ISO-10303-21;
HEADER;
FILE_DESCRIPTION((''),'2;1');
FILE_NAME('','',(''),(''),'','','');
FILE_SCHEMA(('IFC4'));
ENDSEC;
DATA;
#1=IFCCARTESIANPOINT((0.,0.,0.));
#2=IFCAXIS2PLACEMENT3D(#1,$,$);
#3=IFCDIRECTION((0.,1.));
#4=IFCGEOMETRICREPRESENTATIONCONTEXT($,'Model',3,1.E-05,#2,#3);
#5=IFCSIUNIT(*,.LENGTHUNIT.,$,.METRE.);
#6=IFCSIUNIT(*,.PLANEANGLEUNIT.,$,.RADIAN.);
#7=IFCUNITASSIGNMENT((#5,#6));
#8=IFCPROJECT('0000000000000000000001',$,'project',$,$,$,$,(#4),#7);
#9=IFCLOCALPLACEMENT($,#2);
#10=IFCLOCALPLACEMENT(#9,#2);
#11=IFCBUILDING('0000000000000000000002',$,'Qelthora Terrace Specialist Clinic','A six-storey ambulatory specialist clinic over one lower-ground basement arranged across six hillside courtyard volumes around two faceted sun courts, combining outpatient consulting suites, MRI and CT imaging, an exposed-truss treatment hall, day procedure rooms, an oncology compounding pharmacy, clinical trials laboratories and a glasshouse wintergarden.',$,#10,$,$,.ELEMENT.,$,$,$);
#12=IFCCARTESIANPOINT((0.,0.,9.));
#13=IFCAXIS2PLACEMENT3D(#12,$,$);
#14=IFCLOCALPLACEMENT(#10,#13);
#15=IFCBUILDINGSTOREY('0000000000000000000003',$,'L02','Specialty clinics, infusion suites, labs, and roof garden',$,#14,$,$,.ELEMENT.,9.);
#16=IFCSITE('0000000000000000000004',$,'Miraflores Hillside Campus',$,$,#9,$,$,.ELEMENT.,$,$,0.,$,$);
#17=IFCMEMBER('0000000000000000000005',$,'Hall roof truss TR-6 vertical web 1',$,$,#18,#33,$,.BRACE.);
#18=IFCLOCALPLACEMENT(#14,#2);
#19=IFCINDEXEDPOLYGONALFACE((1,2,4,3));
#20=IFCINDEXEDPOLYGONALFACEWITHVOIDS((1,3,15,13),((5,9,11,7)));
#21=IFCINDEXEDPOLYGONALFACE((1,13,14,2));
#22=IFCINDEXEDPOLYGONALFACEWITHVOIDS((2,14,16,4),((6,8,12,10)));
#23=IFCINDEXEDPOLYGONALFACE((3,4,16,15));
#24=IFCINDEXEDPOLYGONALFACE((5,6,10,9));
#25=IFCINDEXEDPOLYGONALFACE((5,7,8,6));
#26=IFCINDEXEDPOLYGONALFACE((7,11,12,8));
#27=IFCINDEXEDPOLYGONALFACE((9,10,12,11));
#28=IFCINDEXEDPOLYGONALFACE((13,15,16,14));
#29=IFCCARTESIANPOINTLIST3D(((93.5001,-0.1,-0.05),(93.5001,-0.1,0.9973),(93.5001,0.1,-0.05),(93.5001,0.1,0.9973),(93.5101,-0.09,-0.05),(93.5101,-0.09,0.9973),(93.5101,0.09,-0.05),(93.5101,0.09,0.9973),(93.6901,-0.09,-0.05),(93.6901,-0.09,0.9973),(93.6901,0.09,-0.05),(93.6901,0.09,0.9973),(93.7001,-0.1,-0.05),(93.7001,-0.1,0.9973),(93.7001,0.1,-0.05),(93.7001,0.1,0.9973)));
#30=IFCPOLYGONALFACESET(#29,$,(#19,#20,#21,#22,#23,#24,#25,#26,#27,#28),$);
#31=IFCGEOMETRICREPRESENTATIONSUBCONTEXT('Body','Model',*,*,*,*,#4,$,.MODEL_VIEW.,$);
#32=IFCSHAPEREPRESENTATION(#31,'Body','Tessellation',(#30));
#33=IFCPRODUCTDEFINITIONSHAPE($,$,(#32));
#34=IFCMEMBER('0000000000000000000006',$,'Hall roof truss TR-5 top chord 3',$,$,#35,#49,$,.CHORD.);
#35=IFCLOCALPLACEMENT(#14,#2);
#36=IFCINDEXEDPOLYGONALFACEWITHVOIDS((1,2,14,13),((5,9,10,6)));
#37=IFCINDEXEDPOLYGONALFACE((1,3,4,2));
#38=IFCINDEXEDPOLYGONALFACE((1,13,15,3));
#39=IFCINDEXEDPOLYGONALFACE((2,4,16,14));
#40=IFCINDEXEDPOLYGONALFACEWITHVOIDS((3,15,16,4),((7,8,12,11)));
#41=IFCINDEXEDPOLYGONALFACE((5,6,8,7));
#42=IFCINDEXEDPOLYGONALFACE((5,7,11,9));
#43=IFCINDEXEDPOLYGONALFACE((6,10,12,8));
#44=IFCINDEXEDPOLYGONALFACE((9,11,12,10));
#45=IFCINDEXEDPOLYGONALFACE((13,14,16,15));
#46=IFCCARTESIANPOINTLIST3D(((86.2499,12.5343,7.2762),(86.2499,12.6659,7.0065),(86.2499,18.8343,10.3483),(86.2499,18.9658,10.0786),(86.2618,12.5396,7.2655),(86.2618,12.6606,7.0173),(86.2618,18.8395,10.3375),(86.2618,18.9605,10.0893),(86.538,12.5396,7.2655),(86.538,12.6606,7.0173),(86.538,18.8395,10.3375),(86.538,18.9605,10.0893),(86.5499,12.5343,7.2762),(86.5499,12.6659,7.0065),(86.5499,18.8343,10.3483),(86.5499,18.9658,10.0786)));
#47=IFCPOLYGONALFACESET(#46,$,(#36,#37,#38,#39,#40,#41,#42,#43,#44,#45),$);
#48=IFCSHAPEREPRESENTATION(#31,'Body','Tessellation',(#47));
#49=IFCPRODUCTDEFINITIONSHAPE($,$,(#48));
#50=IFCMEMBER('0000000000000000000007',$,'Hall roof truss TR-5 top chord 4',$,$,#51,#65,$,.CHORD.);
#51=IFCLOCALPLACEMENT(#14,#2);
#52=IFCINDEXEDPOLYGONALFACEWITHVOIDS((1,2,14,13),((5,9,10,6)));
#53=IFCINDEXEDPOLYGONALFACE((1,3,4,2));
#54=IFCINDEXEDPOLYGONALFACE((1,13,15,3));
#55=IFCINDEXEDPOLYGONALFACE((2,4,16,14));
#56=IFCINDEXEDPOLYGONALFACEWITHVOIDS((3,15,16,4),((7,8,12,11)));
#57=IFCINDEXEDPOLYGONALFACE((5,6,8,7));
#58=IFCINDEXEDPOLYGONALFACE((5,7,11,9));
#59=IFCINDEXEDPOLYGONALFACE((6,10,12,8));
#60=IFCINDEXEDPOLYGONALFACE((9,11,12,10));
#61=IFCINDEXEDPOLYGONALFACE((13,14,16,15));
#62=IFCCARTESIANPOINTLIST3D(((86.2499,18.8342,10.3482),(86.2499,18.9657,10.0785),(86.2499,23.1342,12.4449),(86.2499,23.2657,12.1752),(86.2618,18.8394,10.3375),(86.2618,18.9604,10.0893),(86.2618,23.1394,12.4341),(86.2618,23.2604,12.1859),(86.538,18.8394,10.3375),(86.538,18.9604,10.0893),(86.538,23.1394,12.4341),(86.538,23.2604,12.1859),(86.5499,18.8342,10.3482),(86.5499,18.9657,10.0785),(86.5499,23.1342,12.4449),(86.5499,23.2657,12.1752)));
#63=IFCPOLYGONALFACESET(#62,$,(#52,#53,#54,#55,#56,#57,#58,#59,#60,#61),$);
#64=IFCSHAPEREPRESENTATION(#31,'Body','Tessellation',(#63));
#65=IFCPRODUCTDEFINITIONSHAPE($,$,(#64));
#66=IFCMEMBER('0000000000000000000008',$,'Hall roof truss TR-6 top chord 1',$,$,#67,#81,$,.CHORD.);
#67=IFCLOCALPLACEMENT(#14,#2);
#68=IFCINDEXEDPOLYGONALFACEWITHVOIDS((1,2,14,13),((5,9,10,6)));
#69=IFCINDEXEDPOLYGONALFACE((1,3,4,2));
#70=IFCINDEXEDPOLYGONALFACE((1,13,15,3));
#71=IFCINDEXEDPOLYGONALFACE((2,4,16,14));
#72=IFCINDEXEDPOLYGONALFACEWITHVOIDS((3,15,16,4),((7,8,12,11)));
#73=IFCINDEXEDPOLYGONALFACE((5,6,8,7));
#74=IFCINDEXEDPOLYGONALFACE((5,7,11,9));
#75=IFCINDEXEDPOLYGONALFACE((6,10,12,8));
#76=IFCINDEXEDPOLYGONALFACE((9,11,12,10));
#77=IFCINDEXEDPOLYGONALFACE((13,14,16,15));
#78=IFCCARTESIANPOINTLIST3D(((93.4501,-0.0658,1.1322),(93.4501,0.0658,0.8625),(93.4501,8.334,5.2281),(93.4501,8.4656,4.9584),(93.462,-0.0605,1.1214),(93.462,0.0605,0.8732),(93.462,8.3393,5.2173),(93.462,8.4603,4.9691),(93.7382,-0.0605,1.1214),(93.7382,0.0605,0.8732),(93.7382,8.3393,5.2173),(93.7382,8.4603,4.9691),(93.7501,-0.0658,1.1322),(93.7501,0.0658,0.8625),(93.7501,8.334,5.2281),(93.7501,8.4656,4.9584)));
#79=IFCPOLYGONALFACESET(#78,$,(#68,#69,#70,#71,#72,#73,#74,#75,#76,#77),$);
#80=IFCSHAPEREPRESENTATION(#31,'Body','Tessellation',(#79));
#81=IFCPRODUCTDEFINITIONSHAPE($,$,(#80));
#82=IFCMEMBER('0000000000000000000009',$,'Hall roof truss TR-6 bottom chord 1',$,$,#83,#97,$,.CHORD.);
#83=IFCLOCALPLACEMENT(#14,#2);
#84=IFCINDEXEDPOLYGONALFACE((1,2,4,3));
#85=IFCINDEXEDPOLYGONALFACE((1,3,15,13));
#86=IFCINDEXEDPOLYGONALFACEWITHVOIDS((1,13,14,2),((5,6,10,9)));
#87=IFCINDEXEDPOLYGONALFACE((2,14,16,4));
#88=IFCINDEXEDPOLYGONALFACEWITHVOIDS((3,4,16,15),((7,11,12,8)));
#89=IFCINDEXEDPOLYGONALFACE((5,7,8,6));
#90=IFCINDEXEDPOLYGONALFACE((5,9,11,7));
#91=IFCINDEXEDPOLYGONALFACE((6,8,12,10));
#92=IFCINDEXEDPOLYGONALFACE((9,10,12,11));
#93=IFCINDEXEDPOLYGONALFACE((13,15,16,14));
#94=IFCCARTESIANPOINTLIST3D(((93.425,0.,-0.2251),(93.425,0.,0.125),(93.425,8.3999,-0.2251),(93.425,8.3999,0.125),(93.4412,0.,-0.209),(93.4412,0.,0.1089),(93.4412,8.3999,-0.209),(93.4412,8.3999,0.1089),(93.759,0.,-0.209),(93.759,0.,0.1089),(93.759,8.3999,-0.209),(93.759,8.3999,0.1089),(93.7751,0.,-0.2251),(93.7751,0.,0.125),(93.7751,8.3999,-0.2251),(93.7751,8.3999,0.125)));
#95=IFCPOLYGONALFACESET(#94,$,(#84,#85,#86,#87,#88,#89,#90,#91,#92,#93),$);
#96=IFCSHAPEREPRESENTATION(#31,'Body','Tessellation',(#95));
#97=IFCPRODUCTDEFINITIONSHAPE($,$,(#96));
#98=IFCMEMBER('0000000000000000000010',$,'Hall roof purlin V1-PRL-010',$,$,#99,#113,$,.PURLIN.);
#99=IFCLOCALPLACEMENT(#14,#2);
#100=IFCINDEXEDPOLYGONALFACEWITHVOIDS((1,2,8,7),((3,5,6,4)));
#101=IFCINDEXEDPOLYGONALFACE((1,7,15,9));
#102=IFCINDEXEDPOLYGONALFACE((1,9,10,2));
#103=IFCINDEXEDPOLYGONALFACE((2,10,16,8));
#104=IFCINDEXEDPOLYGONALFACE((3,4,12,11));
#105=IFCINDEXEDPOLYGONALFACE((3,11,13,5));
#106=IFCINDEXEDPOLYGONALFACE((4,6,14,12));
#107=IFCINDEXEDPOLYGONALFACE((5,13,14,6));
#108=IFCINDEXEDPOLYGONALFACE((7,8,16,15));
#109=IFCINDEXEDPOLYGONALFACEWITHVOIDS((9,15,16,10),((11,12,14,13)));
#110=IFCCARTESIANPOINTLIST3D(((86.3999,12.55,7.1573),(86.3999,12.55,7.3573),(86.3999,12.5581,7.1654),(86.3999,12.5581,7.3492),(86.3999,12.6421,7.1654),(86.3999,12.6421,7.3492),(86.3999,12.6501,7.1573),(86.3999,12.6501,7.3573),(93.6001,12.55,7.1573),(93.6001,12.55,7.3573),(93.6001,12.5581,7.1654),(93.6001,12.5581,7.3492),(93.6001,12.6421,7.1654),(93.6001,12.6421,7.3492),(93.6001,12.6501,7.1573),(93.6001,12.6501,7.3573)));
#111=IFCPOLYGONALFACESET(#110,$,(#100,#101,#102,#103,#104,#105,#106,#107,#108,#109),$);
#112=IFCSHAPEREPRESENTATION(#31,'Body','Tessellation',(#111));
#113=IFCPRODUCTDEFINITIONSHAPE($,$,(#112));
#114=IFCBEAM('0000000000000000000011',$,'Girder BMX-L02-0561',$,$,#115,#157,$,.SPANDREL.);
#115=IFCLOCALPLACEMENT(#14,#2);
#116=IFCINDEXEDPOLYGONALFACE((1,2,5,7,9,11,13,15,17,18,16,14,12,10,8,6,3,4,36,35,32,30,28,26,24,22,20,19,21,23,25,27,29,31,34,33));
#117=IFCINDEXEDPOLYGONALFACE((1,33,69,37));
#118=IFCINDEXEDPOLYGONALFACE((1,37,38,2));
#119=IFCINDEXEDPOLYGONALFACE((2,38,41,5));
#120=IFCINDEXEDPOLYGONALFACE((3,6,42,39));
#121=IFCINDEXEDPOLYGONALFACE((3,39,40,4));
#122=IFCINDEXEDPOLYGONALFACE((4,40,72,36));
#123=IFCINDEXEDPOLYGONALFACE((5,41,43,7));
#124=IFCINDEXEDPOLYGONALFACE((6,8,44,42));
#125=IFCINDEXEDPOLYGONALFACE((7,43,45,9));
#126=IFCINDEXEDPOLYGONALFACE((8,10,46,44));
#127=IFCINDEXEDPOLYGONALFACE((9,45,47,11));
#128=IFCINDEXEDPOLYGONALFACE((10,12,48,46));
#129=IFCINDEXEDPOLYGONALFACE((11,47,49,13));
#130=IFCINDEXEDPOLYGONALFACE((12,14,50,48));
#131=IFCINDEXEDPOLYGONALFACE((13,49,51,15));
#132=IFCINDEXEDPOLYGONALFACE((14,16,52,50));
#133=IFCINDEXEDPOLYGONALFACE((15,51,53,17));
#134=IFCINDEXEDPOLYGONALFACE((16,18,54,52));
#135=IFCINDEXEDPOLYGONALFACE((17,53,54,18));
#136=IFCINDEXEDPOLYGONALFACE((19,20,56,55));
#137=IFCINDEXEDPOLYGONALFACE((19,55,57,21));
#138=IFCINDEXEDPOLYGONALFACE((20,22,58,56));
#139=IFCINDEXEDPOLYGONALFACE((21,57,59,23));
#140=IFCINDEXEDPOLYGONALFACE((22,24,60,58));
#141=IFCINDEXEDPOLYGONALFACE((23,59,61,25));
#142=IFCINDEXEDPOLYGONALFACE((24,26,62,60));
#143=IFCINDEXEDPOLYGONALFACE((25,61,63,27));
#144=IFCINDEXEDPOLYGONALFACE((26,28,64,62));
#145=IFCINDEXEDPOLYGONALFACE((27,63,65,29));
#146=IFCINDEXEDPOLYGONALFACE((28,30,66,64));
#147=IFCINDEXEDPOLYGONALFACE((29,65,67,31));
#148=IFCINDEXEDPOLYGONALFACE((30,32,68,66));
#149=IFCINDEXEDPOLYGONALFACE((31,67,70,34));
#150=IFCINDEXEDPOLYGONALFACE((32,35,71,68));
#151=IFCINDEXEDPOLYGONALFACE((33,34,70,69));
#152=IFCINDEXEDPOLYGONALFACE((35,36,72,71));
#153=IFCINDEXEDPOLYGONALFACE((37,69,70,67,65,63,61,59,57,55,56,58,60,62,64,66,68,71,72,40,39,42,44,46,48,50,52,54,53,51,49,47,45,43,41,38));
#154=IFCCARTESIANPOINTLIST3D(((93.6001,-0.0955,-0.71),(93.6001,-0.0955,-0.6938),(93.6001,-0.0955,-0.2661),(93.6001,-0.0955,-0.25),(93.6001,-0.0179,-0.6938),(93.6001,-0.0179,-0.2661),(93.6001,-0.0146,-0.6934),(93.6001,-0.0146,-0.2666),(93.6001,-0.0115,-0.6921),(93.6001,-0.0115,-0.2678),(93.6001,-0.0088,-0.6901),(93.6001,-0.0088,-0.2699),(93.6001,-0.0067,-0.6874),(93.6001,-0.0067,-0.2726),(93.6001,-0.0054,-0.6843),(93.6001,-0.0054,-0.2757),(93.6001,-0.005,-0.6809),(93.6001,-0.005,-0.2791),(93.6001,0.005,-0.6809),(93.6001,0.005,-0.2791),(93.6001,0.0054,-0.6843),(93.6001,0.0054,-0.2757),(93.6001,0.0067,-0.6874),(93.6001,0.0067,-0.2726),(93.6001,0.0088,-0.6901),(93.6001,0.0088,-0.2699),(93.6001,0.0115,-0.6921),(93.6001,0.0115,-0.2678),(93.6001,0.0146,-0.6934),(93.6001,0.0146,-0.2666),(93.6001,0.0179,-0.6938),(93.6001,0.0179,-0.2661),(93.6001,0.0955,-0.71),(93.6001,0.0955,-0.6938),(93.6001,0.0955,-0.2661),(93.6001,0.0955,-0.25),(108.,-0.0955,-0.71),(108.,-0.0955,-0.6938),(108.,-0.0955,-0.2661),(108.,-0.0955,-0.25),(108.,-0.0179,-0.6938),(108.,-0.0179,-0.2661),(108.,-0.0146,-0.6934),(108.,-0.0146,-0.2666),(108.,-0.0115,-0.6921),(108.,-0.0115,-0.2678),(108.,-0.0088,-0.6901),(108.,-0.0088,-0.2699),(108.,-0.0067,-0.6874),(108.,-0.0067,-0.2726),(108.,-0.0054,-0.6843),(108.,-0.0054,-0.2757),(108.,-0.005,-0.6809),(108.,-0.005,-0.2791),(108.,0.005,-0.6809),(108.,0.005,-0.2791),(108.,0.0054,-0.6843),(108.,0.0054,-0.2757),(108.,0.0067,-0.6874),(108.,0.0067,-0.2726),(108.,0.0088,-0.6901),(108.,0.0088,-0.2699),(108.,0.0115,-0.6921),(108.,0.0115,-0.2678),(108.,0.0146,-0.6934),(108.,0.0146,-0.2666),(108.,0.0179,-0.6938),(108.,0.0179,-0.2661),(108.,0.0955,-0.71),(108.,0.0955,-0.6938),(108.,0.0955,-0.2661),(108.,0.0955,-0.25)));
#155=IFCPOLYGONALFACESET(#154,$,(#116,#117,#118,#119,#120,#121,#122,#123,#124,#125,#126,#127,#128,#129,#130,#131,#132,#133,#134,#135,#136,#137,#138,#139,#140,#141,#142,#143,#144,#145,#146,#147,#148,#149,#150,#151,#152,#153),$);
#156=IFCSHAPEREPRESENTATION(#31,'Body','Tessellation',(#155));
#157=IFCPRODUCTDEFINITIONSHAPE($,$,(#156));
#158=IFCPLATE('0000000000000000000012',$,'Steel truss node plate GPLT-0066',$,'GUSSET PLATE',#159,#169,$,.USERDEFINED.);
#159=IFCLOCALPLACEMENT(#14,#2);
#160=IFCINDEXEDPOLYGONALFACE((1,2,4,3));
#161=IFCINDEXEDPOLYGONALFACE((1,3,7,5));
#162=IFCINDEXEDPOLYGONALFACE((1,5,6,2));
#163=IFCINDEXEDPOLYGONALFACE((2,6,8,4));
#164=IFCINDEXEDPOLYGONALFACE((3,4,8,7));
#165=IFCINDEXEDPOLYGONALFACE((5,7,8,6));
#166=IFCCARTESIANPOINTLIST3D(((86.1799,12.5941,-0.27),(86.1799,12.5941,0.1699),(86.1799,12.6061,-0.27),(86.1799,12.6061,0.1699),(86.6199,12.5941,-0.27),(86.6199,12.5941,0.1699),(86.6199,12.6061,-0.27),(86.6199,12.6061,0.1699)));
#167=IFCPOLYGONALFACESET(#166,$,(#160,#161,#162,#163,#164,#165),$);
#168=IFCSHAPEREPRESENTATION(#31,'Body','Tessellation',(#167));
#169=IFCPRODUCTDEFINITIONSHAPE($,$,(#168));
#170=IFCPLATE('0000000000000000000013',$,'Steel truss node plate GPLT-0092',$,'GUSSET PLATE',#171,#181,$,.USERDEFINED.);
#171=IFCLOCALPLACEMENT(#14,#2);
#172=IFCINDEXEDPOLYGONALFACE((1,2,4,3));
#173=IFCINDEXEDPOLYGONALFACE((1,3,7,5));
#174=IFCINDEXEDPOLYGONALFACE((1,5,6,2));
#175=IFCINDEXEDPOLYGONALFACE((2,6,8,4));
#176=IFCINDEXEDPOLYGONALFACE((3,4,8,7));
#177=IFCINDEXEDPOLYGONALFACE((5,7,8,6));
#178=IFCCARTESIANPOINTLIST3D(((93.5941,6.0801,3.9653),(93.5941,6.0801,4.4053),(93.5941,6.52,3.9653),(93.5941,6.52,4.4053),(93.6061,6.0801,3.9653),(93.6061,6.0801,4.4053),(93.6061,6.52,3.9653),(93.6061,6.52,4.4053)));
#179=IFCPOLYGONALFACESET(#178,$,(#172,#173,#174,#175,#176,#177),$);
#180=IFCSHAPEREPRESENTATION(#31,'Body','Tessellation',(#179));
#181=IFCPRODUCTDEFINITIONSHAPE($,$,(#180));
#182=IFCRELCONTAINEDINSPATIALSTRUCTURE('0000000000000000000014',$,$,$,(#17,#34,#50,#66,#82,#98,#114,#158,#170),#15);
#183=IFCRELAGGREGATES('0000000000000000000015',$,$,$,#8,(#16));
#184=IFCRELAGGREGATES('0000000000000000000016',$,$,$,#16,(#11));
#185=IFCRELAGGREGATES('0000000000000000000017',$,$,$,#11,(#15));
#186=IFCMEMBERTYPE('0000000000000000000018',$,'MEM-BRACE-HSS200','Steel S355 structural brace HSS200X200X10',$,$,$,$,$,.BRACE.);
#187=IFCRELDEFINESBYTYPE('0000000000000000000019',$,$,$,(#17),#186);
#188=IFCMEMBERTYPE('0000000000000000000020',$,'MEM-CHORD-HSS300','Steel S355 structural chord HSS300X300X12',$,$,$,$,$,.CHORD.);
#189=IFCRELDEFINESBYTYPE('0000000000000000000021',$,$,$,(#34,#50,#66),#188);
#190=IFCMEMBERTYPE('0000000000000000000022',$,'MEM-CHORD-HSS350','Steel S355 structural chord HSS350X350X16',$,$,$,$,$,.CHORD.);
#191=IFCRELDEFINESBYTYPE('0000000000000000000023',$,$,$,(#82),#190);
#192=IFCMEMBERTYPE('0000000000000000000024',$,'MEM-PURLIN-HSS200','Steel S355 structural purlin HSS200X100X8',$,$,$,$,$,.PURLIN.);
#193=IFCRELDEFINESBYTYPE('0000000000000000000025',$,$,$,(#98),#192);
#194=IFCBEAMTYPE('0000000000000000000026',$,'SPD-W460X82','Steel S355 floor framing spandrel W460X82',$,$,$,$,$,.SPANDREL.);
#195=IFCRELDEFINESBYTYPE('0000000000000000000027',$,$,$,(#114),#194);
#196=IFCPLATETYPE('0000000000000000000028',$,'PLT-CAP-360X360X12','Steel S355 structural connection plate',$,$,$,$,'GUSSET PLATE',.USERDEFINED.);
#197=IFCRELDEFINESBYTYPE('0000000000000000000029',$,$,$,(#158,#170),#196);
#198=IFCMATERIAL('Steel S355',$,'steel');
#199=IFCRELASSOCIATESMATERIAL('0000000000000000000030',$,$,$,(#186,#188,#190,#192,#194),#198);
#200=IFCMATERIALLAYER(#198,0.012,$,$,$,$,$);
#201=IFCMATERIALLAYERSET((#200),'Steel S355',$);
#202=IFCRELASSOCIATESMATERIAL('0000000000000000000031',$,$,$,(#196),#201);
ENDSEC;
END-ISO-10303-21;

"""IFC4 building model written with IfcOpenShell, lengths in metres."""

from ifc_helpers import new_model, si_unit, direction, frame, origin, origin_2d, place, context, subcontext, project, spatial, rectangle, hollow_rectangle, i_section, extrude, material, layer, layer_set, material_profile, profile_set, type_object, element, save


model = new_model("IFC4")

# Units and contexts
model_context = context("Model", 3, precision=1e-05, world=origin(), true_north=direction((0.0, 1.0)))
body_context = subcontext(model_context, "Body", "Model", "MODEL_VIEW")
ifc_project = project(units=[si_unit("LENGTHUNIT", "METRE"), si_unit("PLANEANGLEUNIT", "RADIAN")], contexts=[model_context])

# Site, building, storey
site_placement = place(None, origin())
site = spatial("IfcSite", under=ifc_project, at=site_placement, Name="Miraflores Hillside Campus", CompositionType="ELEMENT", RefElevation=0.0)
building_placement = place(site_placement, origin())
building = spatial("IfcBuilding", under=site, at=building_placement, Name="Qelthora Terrace Specialist Clinic", Description="A six-storey ambulatory specialist clinic over one lower-ground basement arranged across six hillside courtyard volumes around two faceted sun courts, combining outpatient consulting suites, MRI and CT imaging, an exposed-truss treatment hall, day procedure rooms, an oncology compounding pharmacy, clinical trials laboratories and a glasshouse wintergarden.", CompositionType="ELEMENT")
storey_placement = place(building_placement, frame((0.0, 0.0, 9.0)))
storey = spatial("IfcBuildingStorey", under=building, at=storey_placement, Name="L02", Description="Specialty clinics, infusion suites, labs, and roof garden", CompositionType="ELEMENT", Elevation=9.0)

# Shared definitions
ifc_material = material(Name="Steel S355", Category="steel")

# Members
ifc_material_profile_1 = material_profile(ifc_material, hollow_rectangle(XDim=0.2, YDim=0.2, WallThickness=0.01, at=origin_2d()), Name="HSS200X200X10")
ifc_profile_set_1 = profile_set([ifc_material_profile_1], Name="Steel S355")
member_type_1 = type_object("IfcMemberType", Name="MEM-BRACE-HSS200", Description="Steel S355 structural brace HSS200X200X10", PredefinedType="BRACE", material=ifc_profile_set_1)
member_1_placement = place(storey_placement, frame((93.6001, 0.0, -0.05), z_axis=(0.0, 0.0, 1.0), x_axis=(1.0, 0.0, 0.0)))
element("IfcMember", 1, at=member_1_placement, inside=storey, type_object=member_type_1, Name="Hall roof truss TR-6 vertical web 1", PredefinedType="BRACE", context=body_context, shape_type="SweptSolid", body=[
    extrude(hollow_rectangle(XDim=0.2, YDim=0.2, WallThickness=0.01, at=origin_2d()), origin(), (0.0, 0.0, 1.0), 1.0474),
])
ifc_material_profile_2 = material_profile(ifc_material, hollow_rectangle(XDim=0.3, YDim=0.3, WallThickness=0.012, at=origin_2d()), Name="HSS300X300X12")
ifc_profile_set_2 = profile_set([ifc_material_profile_2], Name="Steel S355")
member_type_2 = type_object("IfcMemberType", Name="MEM-CHORD-HSS300", Description="Steel S355 structural chord HSS300X300X12", PredefinedType="CHORD", material=ifc_profile_set_2)
member_2_placement = place(storey_placement, frame((86.3999, 12.6001, 7.1414), z_axis=(0.0, 0.898828, 0.438302), x_axis=(-1.0, 0.0, 0.0)))
element("IfcMember", 2, at=member_2_placement, inside=storey, type_object=member_type_2, Name="Hall roof truss TR-5 top chord 3", PredefinedType="CHORD", context=body_context, shape_type="SweptSolid", body=[
    extrude(hollow_rectangle(XDim=0.3, YDim=0.3, WallThickness=0.012, at=origin_2d()), origin(), (0.0, 0.0, 1.0), 7.009),
])
member_3_placement = place(storey_placement, frame((86.3999, 18.8999, 10.2134), z_axis=(0.0, 0.898843, 0.438271), x_axis=(-1.0, 0.0, 0.0)))
element("IfcMember", 3, at=member_3_placement, inside=storey, type_object=member_type_2, Name="Hall roof truss TR-5 top chord 4", PredefinedType="CHORD", context=body_context, shape_type="SweptSolid", body=[
    extrude(hollow_rectangle(XDim=0.3, YDim=0.3, WallThickness=0.012, at=origin_2d()), origin(), (0.0, 0.0, 1.0), 4.7839),
])
member_4_placement = place(storey_placement, frame((93.6001, 0.0, 0.9973), z_axis=(0.0, 0.898834, 0.438288), x_axis=(-1.0, 0.0, 0.0)))
element("IfcMember", 4, at=member_4_placement, inside=storey, type_object=member_type_2, Name="Hall roof truss TR-6 top chord 1", PredefinedType="CHORD", context=body_context, shape_type="SweptSolid", body=[
    extrude(hollow_rectangle(XDim=0.3, YDim=0.3, WallThickness=0.012, at=origin_2d()), origin(), (0.0, 0.0, 1.0), 9.3452),
])
ifc_material_profile_3 = material_profile(ifc_material, hollow_rectangle(XDim=0.3501, YDim=0.3501, WallThickness=0.0161, at=origin_2d()), Name="HSS350X350X16")
ifc_profile_set_3 = profile_set([ifc_material_profile_3], Name="Steel S355")
member_type_3 = type_object("IfcMemberType", Name="MEM-CHORD-HSS350", Description="Steel S355 structural chord HSS350X350X16", PredefinedType="CHORD", material=ifc_profile_set_3)
member_5_placement = place(storey_placement, frame((93.6001, 0.0, -0.05), z_axis=(0.0, 1.0, 0.0), x_axis=(-1.0, 0.0, 0.0)))
element("IfcMember", 5, at=member_5_placement, inside=storey, type_object=member_type_3, Name="Hall roof truss TR-6 bottom chord 1", PredefinedType="CHORD", context=body_context, shape_type="SweptSolid", body=[
    extrude(hollow_rectangle(XDim=0.3501, YDim=0.3501, WallThickness=0.0161, at=origin_2d()), origin(), (0.0, 0.0, 1.0), 8.3999),
])
ifc_material_profile_4 = material_profile(ifc_material, hollow_rectangle(XDim=0.1001, YDim=0.2, WallThickness=0.0081, at=origin_2d()), Name="HSS200X100X8")
ifc_profile_set_4 = profile_set([ifc_material_profile_4], Name="Steel S355")
member_type_4 = type_object("IfcMemberType", Name="MEM-PURLIN-HSS200", Description="Steel S355 structural purlin HSS200X100X8", PredefinedType="PURLIN", material=ifc_profile_set_4)
member_6_placement = place(storey_placement, frame((86.3999, 12.6001, 7.2573), z_axis=(1.0, 0.0, 0.0), x_axis=(0.0, 1.0, 0.0)))
element("IfcMember", 6, at=member_6_placement, inside=storey, type_object=member_type_4, Name="Hall roof purlin V1-PRL-010", PredefinedType="PURLIN", context=body_context, shape_type="SweptSolid", body=[
    extrude(hollow_rectangle(XDim=0.1001, YDim=0.2, WallThickness=0.0081, at=origin_2d()), origin(), (0.0, 0.0, 1.0), 7.2002),
])

# Beam
ifc_material_profile_5 = material_profile(ifc_material, i_section(OverallWidth=0.1909, OverallDepth=0.46, WebThickness=0.01, FlangeThickness=0.0161, FilletRadius=0.0129, at=origin_2d()), Name="W460X82")
ifc_profile_set_5 = profile_set([ifc_material_profile_5], Name="Steel S355")
beam_type_1 = type_object("IfcBeamType", Name="SPD-W460X82", Description="Steel S355 floor framing spandrel W460X82", PredefinedType="SPANDREL", material=ifc_profile_set_5)
beam_1_placement = place(storey_placement, frame((93.6001, 0.0, -0.48), z_axis=(1.0, 0.0, 0.0), x_axis=(0.0, 1.0, 0.0)))
element("IfcBeam", 7, at=beam_1_placement, inside=storey, type_object=beam_type_1, Name="Girder BMX-L02-0561", PredefinedType="SPANDREL", context=body_context, shape_type="SweptSolid", body=[
    extrude(i_section(OverallWidth=0.1909, OverallDepth=0.46, WebThickness=0.01, FlangeThickness=0.0161, FilletRadius=0.0129, at=origin_2d()), origin(), (0.0, 0.0, 1.0), 14.3999),
])

# Plates
ifc_layer_1 = layer(ifc_material, 0.012)
ifc_layer_set_1 = layer_set([ifc_layer_1], Name="Steel S355")
plate_type_1 = type_object("IfcPlateType", Name="PLT-CAP-360X360X12", Description="Steel S355 structural connection plate", ElementType="GUSSET PLATE", PredefinedType="USERDEFINED", material=ifc_layer_set_1)
plate_placement = place(storey_placement, frame((86.3999, 12.6001, -0.27), z_axis=(0.0, 0.0, 1.0), x_axis=(1.0, 0.0, 0.0)))
element("IfcPlate", 8, at=plate_placement, inside=storey, type_object=plate_type_1, Name="Steel truss node plate GPLT-0066", ObjectType="GUSSET PLATE", PredefinedType="USERDEFINED", context=body_context, shape_type="SweptSolid", body=[
    extrude(rectangle(XDim=0.4399, YDim=0.012, at=origin_2d()), origin(), (0.0, 0.0, 1.0), 0.4399),
])
for number, where, z_axis, x_axis, name in (
    (9, (93.6001, 6.3, 3.9653), (0.0, 0.0, 1.0), (1.0, 0.0, 0.0), "Steel truss node plate GPLT-0092"),
):
    element("IfcPlate", number, at=place(storey_placement, frame(where, z_axis=z_axis, x_axis=x_axis)), inside=storey, type_object=plate_type_1, Name=name, ObjectType="GUSSET PLATE", PredefinedType="USERDEFINED", context=body_context, shape_type="SweptSolid", body=[
        extrude(rectangle(XDim=0.012, YDim=0.4399, at=origin_2d()), origin(), (0.0, 0.0, 1.0), 0.4399),
    ])

save(model, "model.ifc")
